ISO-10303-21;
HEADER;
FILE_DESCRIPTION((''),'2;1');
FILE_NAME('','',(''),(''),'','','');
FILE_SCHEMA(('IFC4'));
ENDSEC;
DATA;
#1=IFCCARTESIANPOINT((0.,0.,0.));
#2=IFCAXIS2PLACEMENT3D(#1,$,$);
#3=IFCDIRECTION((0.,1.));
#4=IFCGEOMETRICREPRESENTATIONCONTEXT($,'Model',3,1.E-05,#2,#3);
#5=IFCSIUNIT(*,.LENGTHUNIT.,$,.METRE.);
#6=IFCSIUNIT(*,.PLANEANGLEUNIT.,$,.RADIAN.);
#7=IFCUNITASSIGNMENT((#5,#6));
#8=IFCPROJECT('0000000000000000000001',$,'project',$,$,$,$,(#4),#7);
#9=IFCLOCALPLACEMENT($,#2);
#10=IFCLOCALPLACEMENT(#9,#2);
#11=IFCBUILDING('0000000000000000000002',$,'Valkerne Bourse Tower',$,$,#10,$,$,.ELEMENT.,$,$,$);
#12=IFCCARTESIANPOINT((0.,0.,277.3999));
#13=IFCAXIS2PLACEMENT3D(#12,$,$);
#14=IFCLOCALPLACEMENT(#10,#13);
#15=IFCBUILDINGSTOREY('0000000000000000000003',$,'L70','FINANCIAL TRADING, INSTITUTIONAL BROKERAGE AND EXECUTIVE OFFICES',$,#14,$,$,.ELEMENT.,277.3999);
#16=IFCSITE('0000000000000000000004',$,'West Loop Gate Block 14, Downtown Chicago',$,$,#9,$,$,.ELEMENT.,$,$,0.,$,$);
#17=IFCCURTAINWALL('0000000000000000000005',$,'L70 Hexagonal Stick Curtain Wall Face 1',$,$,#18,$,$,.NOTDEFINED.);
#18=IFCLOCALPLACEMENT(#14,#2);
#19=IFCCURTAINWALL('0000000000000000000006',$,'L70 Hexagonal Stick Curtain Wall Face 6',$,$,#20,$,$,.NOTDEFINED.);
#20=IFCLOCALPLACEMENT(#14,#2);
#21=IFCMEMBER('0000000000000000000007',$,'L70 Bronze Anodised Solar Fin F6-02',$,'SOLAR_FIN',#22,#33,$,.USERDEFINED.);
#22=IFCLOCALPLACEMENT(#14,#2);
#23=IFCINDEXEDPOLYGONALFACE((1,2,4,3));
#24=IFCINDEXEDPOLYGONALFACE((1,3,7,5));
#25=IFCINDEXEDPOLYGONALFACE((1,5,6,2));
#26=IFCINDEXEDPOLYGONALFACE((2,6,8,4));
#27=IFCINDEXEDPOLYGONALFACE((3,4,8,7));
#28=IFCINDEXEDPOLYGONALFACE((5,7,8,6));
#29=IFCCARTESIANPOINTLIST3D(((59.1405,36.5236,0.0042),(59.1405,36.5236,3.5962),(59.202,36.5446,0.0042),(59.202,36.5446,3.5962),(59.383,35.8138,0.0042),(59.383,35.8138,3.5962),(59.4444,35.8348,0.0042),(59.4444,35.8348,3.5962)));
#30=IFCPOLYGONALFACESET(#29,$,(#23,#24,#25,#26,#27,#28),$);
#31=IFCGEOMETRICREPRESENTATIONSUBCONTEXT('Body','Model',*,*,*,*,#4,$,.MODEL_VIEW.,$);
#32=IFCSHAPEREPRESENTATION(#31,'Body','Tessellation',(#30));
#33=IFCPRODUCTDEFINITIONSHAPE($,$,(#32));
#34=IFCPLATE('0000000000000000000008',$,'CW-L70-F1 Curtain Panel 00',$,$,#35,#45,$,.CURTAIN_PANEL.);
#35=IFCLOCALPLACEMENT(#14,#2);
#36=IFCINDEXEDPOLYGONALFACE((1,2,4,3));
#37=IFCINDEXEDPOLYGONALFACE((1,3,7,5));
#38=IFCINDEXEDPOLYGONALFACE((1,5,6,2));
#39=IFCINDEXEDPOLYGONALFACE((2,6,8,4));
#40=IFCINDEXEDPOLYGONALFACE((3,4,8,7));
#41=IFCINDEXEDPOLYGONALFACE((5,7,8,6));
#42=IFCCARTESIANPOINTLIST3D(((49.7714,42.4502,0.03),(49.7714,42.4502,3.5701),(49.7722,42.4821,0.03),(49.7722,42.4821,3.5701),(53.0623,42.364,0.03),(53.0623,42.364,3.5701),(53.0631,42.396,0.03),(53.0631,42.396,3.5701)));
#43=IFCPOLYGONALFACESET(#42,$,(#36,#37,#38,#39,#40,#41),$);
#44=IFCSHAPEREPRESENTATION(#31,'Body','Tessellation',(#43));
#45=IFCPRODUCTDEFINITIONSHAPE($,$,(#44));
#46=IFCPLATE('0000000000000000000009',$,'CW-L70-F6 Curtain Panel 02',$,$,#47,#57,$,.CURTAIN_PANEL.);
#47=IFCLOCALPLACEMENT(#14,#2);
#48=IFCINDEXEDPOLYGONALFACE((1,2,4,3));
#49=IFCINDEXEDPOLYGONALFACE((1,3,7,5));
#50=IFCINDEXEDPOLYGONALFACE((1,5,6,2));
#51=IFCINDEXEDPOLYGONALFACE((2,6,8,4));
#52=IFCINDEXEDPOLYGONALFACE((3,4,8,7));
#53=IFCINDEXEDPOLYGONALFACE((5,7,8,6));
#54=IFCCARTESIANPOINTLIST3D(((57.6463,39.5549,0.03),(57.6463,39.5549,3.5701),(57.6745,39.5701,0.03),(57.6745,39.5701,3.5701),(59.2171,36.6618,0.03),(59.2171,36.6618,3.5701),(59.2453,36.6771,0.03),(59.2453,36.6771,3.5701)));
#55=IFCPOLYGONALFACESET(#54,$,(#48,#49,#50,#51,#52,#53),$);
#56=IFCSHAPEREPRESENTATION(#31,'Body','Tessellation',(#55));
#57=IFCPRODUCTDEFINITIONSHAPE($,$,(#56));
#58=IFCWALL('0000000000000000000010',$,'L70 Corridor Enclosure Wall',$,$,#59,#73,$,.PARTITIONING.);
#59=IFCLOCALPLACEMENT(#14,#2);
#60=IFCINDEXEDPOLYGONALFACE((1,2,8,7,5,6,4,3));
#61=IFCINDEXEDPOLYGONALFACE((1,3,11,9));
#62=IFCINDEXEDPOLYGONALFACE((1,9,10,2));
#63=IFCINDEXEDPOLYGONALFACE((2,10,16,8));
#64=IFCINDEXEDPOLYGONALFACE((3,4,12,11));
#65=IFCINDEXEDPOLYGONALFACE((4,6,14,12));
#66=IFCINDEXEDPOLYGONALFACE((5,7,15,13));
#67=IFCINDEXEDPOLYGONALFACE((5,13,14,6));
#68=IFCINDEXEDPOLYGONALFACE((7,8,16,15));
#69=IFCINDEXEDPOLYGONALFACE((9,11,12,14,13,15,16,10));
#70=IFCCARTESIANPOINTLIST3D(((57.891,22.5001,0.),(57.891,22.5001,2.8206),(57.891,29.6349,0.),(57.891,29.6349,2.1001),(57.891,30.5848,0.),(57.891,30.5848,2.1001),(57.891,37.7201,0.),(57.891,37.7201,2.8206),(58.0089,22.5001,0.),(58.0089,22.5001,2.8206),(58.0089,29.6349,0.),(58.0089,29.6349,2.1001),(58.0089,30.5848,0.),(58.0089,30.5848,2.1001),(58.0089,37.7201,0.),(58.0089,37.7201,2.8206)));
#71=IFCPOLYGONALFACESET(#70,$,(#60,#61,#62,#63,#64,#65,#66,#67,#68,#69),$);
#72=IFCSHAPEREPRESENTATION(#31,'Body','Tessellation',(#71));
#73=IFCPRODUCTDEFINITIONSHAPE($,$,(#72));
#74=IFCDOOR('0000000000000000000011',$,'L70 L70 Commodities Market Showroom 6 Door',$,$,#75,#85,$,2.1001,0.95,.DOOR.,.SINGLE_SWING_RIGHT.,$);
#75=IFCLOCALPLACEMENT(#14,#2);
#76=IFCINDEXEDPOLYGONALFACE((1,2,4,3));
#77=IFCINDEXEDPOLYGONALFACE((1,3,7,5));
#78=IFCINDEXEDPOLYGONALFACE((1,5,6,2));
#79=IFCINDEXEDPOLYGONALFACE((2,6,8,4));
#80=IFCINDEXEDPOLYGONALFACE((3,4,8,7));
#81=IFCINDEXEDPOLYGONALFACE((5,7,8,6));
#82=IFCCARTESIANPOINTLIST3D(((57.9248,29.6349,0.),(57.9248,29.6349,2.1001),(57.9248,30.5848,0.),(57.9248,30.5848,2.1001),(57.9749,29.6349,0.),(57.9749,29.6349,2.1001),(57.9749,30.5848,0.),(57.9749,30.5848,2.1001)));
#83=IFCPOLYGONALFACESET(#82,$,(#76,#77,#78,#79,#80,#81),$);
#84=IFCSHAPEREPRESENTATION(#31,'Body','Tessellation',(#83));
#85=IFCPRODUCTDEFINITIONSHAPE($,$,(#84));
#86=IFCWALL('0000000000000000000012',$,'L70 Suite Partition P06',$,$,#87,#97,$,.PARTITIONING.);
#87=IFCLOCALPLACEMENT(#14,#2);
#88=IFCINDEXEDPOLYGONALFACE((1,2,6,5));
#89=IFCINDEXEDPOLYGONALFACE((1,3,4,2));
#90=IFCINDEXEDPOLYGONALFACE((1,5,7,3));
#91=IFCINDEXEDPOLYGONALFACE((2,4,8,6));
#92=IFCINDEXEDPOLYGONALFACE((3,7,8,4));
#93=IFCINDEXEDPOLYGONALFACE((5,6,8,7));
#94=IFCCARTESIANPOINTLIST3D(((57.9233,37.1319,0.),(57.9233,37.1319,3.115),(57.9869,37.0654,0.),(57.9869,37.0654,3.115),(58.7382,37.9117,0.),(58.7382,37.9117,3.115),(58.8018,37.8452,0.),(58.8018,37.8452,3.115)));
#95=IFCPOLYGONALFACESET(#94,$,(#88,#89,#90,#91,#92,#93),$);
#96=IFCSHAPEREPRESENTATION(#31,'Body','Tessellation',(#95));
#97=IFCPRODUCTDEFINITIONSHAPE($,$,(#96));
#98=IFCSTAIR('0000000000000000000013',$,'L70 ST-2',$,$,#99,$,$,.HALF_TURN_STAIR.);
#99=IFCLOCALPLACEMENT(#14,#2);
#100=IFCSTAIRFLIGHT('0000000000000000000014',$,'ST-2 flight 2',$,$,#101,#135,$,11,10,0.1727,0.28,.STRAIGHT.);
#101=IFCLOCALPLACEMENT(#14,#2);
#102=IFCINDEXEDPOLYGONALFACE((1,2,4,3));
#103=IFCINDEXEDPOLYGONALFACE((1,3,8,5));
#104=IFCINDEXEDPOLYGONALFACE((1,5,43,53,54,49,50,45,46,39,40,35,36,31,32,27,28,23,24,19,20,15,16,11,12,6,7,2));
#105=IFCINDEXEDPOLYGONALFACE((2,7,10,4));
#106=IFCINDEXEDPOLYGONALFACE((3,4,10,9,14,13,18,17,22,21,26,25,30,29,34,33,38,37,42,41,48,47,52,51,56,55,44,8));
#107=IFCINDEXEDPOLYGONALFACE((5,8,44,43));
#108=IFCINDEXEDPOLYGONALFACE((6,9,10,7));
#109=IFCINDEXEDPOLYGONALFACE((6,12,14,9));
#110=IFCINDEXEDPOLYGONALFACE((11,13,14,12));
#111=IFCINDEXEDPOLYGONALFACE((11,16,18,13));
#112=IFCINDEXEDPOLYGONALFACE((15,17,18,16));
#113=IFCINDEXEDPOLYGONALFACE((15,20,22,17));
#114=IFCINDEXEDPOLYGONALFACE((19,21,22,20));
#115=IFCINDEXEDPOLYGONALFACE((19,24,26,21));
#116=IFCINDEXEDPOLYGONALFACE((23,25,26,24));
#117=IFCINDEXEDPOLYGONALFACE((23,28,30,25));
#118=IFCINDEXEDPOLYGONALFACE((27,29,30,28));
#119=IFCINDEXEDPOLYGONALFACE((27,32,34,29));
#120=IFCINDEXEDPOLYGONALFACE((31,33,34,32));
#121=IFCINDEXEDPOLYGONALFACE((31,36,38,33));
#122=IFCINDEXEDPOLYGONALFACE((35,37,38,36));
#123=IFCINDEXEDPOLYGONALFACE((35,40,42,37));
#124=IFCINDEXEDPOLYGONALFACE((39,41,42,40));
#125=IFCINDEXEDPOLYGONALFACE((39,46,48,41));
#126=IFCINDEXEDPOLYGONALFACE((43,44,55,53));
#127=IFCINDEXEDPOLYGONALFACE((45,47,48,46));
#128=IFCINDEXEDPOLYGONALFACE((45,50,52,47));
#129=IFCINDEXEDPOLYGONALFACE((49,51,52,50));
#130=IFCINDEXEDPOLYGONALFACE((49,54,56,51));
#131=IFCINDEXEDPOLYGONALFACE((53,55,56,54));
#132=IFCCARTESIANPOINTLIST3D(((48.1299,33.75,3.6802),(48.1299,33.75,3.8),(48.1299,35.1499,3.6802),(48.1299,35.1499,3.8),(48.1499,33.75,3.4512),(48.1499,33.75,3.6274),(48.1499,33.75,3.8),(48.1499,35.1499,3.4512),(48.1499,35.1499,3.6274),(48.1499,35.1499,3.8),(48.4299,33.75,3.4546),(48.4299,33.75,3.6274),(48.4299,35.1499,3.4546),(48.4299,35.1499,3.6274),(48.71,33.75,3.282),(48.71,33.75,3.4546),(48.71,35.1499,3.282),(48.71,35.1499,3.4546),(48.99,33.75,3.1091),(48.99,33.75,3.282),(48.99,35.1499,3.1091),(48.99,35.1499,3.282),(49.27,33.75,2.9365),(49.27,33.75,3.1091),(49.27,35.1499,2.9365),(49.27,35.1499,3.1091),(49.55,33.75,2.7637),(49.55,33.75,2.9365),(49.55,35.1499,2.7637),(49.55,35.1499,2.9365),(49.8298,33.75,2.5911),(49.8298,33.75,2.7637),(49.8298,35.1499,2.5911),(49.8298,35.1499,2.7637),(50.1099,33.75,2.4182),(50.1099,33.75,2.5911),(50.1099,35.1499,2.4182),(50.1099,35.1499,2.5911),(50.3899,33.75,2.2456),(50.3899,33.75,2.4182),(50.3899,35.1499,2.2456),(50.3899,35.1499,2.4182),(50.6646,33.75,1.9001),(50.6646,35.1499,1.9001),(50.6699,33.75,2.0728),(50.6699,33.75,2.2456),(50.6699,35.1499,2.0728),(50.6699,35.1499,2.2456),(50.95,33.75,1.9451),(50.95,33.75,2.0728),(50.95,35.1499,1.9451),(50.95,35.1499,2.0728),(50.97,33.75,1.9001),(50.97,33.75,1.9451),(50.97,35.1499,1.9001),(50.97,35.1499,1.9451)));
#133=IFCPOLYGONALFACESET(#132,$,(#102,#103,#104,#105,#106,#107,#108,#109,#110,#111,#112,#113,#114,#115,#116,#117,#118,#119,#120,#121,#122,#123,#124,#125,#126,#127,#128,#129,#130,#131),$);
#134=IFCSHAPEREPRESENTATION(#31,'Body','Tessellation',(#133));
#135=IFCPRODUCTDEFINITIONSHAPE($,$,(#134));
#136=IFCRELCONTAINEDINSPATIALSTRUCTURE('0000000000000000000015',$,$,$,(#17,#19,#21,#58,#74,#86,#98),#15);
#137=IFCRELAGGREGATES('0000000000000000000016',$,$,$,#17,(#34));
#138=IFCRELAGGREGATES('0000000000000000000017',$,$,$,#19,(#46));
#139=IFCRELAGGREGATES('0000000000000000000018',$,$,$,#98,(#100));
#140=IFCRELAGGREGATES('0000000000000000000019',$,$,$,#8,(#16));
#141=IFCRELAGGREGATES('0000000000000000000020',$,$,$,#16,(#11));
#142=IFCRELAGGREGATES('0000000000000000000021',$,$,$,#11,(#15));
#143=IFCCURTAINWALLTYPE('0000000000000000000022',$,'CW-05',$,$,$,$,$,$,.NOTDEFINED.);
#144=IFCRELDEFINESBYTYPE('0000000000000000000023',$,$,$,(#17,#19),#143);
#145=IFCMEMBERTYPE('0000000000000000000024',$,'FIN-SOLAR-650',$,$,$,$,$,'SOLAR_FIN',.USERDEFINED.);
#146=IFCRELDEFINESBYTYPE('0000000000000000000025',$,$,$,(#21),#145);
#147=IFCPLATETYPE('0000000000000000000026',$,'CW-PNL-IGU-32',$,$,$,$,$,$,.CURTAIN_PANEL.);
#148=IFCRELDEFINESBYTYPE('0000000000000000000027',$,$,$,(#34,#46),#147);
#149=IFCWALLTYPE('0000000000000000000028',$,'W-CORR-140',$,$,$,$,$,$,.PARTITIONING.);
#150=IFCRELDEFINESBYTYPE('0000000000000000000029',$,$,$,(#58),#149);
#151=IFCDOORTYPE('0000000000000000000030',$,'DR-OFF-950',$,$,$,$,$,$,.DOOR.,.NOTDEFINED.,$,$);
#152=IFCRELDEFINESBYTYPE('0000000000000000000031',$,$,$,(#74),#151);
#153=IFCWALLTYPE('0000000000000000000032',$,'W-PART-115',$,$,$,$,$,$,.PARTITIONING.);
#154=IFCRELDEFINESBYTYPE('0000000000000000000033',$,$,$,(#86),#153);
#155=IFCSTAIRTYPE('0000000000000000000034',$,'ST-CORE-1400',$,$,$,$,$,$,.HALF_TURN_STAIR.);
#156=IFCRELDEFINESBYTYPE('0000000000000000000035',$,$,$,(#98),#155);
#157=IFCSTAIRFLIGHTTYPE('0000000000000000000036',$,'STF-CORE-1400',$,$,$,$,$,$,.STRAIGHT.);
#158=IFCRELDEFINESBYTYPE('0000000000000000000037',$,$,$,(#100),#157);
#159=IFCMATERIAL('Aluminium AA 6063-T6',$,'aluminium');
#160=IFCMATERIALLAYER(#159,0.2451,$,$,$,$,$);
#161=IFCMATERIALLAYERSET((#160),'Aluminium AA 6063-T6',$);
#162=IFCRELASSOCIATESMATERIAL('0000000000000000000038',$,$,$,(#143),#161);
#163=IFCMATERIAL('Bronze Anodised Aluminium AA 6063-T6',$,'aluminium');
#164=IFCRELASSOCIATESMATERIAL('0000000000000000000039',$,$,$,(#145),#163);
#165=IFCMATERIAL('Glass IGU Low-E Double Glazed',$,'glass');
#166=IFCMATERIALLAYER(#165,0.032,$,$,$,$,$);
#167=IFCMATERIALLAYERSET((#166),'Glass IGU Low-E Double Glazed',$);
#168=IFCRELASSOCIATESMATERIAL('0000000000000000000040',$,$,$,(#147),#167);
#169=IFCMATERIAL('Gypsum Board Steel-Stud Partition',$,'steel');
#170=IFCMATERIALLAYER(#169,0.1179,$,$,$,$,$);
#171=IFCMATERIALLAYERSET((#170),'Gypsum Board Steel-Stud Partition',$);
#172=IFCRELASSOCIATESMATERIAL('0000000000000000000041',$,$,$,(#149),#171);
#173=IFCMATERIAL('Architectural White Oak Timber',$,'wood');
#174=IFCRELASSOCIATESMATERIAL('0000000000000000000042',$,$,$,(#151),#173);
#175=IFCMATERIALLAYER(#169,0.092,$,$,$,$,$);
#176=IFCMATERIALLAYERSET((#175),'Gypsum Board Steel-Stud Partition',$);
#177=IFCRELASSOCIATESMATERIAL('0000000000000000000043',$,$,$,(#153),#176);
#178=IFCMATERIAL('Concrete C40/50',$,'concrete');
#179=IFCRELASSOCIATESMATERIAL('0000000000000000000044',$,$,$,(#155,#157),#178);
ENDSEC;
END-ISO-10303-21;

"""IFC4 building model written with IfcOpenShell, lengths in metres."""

from ifc_helpers import new_model, si_unit, direction, frame, frame_2d, origin, origin_2d, place, context, subcontext, project, spatial, polyline, rectangle, outline, extrude, material, layer, layer_set, material_profile, profile_set, type_object, element, fill, aggregate, save


model = new_model("IFC4")

# Units and contexts
model_context = context("Model", 3, precision=1e-05, world=origin(), true_north=direction((0.0, 1.0)))
body_context = subcontext(model_context, "Body", "Model", "MODEL_VIEW")
ifc_project = project(units=[si_unit("LENGTHUNIT", "METRE"), si_unit("PLANEANGLEUNIT", "RADIAN")], contexts=[model_context])

# Site, building, storey
site_placement = place(None, origin())
site = spatial("IfcSite", under=ifc_project, at=site_placement, Name="West Loop Gate Block 14, Downtown Chicago", CompositionType="ELEMENT", RefElevation=0.0)
building_placement = place(site_placement, origin())
building = spatial("IfcBuilding", under=site, at=building_placement, Name="Valkerne Bourse Tower", CompositionType="ELEMENT")
storey_placement = place(building_placement, frame((0.0, 0.0, 277.3999)))
storey = spatial("IfcBuildingStorey", under=building, at=storey_placement, Name="L70", Description="FINANCIAL TRADING, INSTITUTIONAL BROKERAGE AND EXECUTIVE OFFICES", CompositionType="ELEMENT", Elevation=277.3999)

# Curtain wall
ifc_material_1 = material(Name="Aluminium AA 6063-T6", Category="aluminium")
ifc_layer_1 = layer(ifc_material_1, 0.2451)
ifc_layer_set_1 = layer_set([ifc_layer_1], Name="Aluminium AA 6063-T6")
curtain_wall_type = type_object("IfcCurtainWallType", Name="CW-05", PredefinedType="NOTDEFINED", material=ifc_layer_set_1)
curtain_wall_1_placement = place(storey_placement, origin())
curtain_wall_1 = element("IfcCurtainWall", 1, at=curtain_wall_1_placement, inside=storey, type_object=curtain_wall_type, Name="L70 Hexagonal Stick Curtain Wall Face 1", PredefinedType="NOTDEFINED")

# Curtain wall
curtain_wall_2_placement = place(storey_placement, origin())
curtain_wall_2 = element("IfcCurtainWall", 2, at=curtain_wall_2_placement, inside=storey, type_object=curtain_wall_type, Name="L70 Hexagonal Stick Curtain Wall Face 6", PredefinedType="NOTDEFINED")

# Member
ifc_material_2 = material(Name="Bronze Anodised Aluminium AA 6063-T6", Category="aluminium")
ifc_material_profile_1 = material_profile(ifc_material_2, rectangle(XDim=0.0649, YDim=0.75, at=origin_2d()), Name="FIN-65X750")
ifc_profile_set_1 = profile_set([ifc_material_profile_1], Name="Bronze Anodised Aluminium AA 6063-T6")
member_type_1 = type_object("IfcMemberType", Name="FIN-SOLAR-650", ElementType="SOLAR_FIN", PredefinedType="USERDEFINED", material=ifc_profile_set_1)
member_1_placement = place(storey_placement, frame((59.2925, 36.1792, 0.0042), z_axis=(0.0, 0.0, 1.0), x_axis=(0.946294, 0.323306, 0.0)))
element("IfcMember", 3, at=member_1_placement, inside=storey, type_object=member_type_1, Name="L70 Bronze Anodised Solar Fin F6-02", ObjectType="SOLAR_FIN", PredefinedType="USERDEFINED", context=body_context, shape_type="SweptSolid", body=[
    extrude(rectangle(XDim=0.0649, YDim=0.75, at=origin_2d()), origin(), (0.0, 0.0, 1.0), 3.592),
])

# Plates
ifc_material_3 = material(Name="Glass IGU Low-E Double Glazed", Category="glass")
ifc_layer_2 = layer(ifc_material_3, 0.032)
ifc_layer_set_2 = layer_set([ifc_layer_2], Name="Glass IGU Low-E Double Glazed")
plate_type = type_object("IfcPlateType", Name="CW-PNL-IGU-32", PredefinedType="CURTAIN_PANEL", material=ifc_layer_set_2)
plate_1_placement = place(storey_placement, frame((51.4172, 42.4231, 0.03), z_axis=(0.0, 0.0, 1.0), x_axis=(-0.999658, 0.026163, 0.0)))
plate_1 = element("IfcPlate", 4, at=plate_1_placement, type_object=plate_type, Name="CW-L70-F1 Curtain Panel 00", PredefinedType="CURTAIN_PANEL", context=body_context, shape_type="SweptSolid", body=[
    extrude(rectangle(XDim=3.292, YDim=0.032, at=origin_2d()), origin(), (0.0, 0.0, 1.0), 3.54),
])
aggregate(curtain_wall_1, [plate_1])
plate_2_placement = place(storey_placement, frame((58.4458, 38.116, 0.03), z_axis=(0.0, 0.0, 1.0), x_axis=(-0.477158, 0.878818, 0.0)))
plate_2 = element("IfcPlate", 5, at=plate_2_placement, type_object=plate_type, Name="CW-L70-F6 Curtain Panel 02", PredefinedType="CURTAIN_PANEL", context=body_context, shape_type="SweptSolid", body=[
    extrude(rectangle(XDim=3.292, YDim=0.032, at=origin_2d()), origin(), (0.0, 0.0, 1.0), 3.54),
])
aggregate(curtain_wall_2, [plate_2])

# Wall, opening, door
ifc_material_4 = material(Name="Gypsum Board Steel-Stud Partition", Category="steel")
ifc_layer_3 = layer(ifc_material_4, 0.1179)
ifc_layer_set_3 = layer_set([ifc_layer_3], Name="Gypsum Board Steel-Stud Partition")
wall_type_1 = type_object("IfcWallType", Name="W-CORR-140", PredefinedType="PARTITIONING", material=ifc_layer_set_3)
wall_1_placement = place(storey_placement, frame((57.95, 37.72, 0.0), z_axis=(0.0, 0.0, 1.0), x_axis=(0.0, -1.0, 0.0)))
wall_1 = element("IfcWall", 6, at=wall_1_placement, inside=storey, type_object=wall_type_1, Name="L70 Corridor Enclosure Wall", PredefinedType="PARTITIONING", context=body_context, shape_type="SweptSolid", body=[
    extrude(rectangle(XDim=15.22, YDim=0.1179, at=frame_2d((7.6099, 0.0))), origin(), (0.0, 0.0, 1.0), 2.8206),
])
opening_placement = place(wall_1_placement, frame((7.135, 0.0, 0.0)))
opening = element("IfcOpeningElement", 7, at=opening_placement, cuts=wall_1, PredefinedType="OPENING", context=body_context, shape_type="SweptSolid", body=[
    extrude(rectangle(XDim=0.95, YDim=2.1001, at=frame_2d((0.4751, 1.05))), frame((0.0, 0.0688, 0.0), z_axis=(0.0, -1.0, 0.0), x_axis=(1.0, 0.0, 0.0)), (0.0, 0.0, 1.0), 0.1379),
])
ifc_material_5 = material(Name="Architectural White Oak Timber", Category="wood")
door_type = type_object("IfcDoorType", Name="DR-OFF-950", OperationType="NOTDEFINED", PredefinedType="DOOR", material=ifc_material_5)
door_placement = place(opening_placement, origin())
door = element("IfcDoor", 8, at=door_placement, inside=storey, type_object=door_type, Name="L70 L70 Commodities Market Showroom 6 Door", OperationType="SINGLE_SWING_RIGHT", OverallHeight=2.1001, OverallWidth=0.95, PredefinedType="DOOR", context=body_context, shape_type="SweptSolid", body=[
    extrude(rectangle(XDim=0.95, YDim=2.1001, at=frame_2d((0.4751, 1.05))), frame((0.0, 0.0249, 0.0), z_axis=(0.0, -1.0, 0.0), x_axis=(1.0, 0.0, 0.0)), (0.0, 0.0, 1.0), 0.05),
])
fill(opening, door)

# Wall
ifc_layer_4 = layer(ifc_material_4, 0.092)
ifc_layer_set_4 = layer_set([ifc_layer_4], Name="Gypsum Board Steel-Stud Partition")
wall_type_2 = type_object("IfcWallType", Name="W-PART-115", PredefinedType="PARTITIONING", material=ifc_layer_set_4)
wall_2_placement = place(storey_placement, frame((57.9551, 37.0986, 0.0), z_axis=(0.0, 0.0, 1.0), x_axis=(0.72252, 0.69135, 0.0)))
element("IfcWall", 9, at=wall_2_placement, inside=storey, type_object=wall_type_2, Name="L70 Suite Partition P06", PredefinedType="PARTITIONING", context=body_context, shape_type="SweptSolid", body=[
    extrude(rectangle(XDim=1.1279, YDim=0.092, at=frame_2d((0.564, 0.0))), origin(), (0.0, 0.0, 1.0), 3.115),
])

# Stair, stair flight
ifc_material_6 = material(Name="Concrete C40/50", Category="concrete")
stair_type = type_object("IfcStairType", Name="ST-CORE-1400", PredefinedType="HALF_TURN_STAIR", material=ifc_material_6)
stair_placement = place(storey_placement, origin())
stair = element("IfcStair", 10, at=stair_placement, inside=storey, type_object=stair_type, Name="L70 ST-2", PredefinedType="HALF_TURN_STAIR")
stair_flight_type = type_object("IfcStairFlightType", Name="STF-CORE-1400", PredefinedType="STRAIGHT", material=ifc_material_6)
stair_flight_placement = place(storey_placement, frame((50.95, 34.45, 1.9001), z_axis=(0.0, 0.0, 1.0), x_axis=(-1.0, 0.0, 0.0)))
stair_flight = element("IfcStairFlight", 11, at=stair_flight_placement, type_object=stair_flight_type, Name="ST-2 flight 2", NumberOfRisers=11, NumberOfTreads=10, PredefinedType="STRAIGHT", RiserHeight=0.1727, TreadLength=0.28, context=body_context, shape_type="SweptSolid", body=[
    extrude(outline(polyline([(-0.02, 0.0), (-0.02, 0.0449), (0.0, 0.0449), (0.0, 0.1726), (0.28, 0.1726), (0.28, 0.3455), (0.5601, 0.3455), (0.5601, 0.5181), (0.8401, 0.5181), (0.8401, 0.6909), (1.1201, 0.6909), (1.1201, 0.8635), (1.3999, 0.8635), (1.3999, 1.0364), (1.6799, 1.0364), (1.6799, 1.209), (1.96, 1.209), (1.96, 1.3818), (2.24, 1.3818), (2.24, 1.5544), (2.52, 1.5544), (2.52, 1.7273), (2.8, 1.7273), (2.8, 1.8999), (2.8201, 1.8999), (2.8201, 1.78), (2.8, 1.551), (0.2854, 0.0), (-0.02, 0.0)])), frame((0.0, 0.7, 0.0), z_axis=(0.0, -1.0, 0.0), x_axis=(1.0, 0.0, 0.0)), (0.0, 0.0, 1.0), 1.3999),
])
aggregate(stair, [stair_flight])

save(model, "model.ifc")
